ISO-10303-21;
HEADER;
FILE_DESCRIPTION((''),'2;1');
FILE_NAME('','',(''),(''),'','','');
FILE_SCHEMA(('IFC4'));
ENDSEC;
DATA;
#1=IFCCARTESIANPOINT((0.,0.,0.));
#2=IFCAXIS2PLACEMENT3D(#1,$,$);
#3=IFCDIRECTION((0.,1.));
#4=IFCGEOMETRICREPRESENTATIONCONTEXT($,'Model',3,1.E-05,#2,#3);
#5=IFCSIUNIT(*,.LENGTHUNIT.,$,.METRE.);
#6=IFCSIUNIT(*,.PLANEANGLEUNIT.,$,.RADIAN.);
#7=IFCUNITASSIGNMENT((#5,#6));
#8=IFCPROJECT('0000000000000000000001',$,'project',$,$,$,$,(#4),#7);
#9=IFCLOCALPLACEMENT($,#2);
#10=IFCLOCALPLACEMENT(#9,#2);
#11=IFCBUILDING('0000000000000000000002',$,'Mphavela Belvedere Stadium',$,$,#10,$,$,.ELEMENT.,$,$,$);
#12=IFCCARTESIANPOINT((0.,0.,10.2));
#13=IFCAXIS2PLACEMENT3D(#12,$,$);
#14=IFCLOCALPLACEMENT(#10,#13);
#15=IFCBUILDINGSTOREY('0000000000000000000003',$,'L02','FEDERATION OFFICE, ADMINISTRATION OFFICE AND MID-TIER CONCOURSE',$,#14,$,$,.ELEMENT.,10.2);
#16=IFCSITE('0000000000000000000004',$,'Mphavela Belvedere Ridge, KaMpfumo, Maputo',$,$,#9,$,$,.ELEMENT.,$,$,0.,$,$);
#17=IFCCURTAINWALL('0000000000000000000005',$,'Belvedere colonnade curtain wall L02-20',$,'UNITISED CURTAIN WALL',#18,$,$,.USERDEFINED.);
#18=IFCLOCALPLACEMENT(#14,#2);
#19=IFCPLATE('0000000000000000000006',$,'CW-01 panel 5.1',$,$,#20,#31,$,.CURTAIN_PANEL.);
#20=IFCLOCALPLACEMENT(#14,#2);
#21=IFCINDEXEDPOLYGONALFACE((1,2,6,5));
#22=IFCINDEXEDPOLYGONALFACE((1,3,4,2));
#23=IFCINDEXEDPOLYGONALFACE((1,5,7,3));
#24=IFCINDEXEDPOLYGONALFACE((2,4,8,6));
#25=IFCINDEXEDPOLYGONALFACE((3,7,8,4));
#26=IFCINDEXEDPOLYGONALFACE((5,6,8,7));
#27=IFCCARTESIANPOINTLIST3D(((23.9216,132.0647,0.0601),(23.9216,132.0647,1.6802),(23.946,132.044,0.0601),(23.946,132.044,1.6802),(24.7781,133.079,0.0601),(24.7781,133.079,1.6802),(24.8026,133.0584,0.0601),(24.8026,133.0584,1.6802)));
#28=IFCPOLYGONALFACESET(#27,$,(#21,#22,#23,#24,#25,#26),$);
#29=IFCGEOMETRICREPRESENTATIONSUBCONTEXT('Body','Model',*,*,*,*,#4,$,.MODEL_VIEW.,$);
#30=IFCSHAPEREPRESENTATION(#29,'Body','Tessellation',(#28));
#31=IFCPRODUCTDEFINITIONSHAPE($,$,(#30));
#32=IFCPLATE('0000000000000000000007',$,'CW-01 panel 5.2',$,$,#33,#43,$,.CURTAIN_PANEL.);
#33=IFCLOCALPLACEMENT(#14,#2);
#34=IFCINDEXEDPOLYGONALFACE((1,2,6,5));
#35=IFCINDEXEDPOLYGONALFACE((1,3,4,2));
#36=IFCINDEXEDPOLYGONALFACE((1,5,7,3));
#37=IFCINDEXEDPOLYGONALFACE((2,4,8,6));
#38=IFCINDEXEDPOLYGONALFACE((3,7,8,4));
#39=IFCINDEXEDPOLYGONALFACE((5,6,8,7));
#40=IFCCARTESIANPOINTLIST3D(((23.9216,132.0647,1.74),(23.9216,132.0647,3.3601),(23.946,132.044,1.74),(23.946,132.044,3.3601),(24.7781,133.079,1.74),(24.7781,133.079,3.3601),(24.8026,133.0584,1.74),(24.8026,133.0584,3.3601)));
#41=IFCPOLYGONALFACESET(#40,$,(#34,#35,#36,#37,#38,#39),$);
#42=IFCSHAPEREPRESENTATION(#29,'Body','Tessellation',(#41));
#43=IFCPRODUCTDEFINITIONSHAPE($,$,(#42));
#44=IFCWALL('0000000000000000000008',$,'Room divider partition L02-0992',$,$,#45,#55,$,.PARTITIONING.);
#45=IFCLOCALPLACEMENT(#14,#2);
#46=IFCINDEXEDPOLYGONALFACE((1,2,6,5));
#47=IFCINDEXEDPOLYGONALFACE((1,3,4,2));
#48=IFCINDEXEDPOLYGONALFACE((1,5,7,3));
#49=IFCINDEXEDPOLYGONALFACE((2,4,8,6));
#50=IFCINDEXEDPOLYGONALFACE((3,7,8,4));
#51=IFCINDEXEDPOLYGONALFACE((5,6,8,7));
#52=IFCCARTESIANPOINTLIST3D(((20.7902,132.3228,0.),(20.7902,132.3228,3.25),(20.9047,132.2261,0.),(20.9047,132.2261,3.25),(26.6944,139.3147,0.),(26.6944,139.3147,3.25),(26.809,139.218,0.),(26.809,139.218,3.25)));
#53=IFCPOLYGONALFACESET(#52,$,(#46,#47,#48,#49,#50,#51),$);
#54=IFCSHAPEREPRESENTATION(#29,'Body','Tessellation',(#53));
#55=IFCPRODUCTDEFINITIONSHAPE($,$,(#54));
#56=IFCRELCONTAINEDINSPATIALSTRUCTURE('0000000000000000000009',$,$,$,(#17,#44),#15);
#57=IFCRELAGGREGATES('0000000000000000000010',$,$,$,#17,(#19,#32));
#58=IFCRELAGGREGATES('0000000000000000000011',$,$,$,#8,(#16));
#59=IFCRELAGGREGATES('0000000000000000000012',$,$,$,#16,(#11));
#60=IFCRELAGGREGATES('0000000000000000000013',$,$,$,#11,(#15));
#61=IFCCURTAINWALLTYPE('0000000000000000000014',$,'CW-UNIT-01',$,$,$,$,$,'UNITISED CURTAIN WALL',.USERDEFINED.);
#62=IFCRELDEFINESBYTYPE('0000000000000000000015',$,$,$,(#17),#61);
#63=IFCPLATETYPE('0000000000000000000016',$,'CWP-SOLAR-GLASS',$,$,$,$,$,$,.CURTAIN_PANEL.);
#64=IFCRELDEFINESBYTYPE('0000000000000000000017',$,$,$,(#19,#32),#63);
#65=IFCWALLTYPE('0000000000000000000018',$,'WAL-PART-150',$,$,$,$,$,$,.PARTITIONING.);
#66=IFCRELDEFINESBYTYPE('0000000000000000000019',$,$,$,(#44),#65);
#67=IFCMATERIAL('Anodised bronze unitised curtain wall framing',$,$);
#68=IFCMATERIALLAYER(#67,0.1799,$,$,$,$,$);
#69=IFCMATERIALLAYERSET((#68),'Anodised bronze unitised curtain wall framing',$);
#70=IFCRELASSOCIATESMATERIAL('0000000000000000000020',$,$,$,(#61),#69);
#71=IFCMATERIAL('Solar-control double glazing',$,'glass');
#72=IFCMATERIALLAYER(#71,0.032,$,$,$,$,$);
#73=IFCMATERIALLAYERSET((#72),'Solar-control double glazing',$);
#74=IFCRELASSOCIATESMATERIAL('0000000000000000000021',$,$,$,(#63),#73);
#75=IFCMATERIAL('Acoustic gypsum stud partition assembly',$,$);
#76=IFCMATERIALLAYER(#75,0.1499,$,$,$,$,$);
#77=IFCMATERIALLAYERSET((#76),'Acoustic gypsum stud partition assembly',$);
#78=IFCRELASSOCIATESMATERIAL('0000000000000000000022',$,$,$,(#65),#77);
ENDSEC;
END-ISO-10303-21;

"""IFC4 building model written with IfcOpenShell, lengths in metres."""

from ifc_helpers import new_model, si_unit, direction, frame, frame_2d, origin, origin_2d, place, context, subcontext, project, spatial, rectangle, extrude, material, layer, layer_set, type_object, element, aggregate, save


model = new_model("IFC4")

# Units and contexts
model_context = context("Model", 3, precision=1e-05, world=origin(), true_north=direction((0.0, 1.0)))
body_context = subcontext(model_context, "Body", "Model", "MODEL_VIEW")
ifc_project = project(units=[si_unit("LENGTHUNIT", "METRE"), si_unit("PLANEANGLEUNIT", "RADIAN")], contexts=[model_context])

# Site, building, storey
site_placement = place(None, origin())
site = spatial("IfcSite", under=ifc_project, at=site_placement, Name="Mphavela Belvedere Ridge, KaMpfumo, Maputo", CompositionType="ELEMENT", RefElevation=0.0)
building_placement = place(site_placement, origin())
building = spatial("IfcBuilding", under=site, at=building_placement, Name="Mphavela Belvedere Stadium", CompositionType="ELEMENT")
storey_placement = place(building_placement, frame((0.0, 0.0, 10.2)))
storey = spatial("IfcBuildingStorey", under=building, at=storey_placement, Name="L02", Description="FEDERATION OFFICE, ADMINISTRATION OFFICE AND MID-TIER CONCOURSE", CompositionType="ELEMENT", Elevation=10.2)

# Curtain wall, plates
ifc_material_1 = material(Name="Anodised bronze unitised curtain wall framing")
ifc_layer_1 = layer(ifc_material_1, 0.1799)
ifc_layer_set_1 = layer_set([ifc_layer_1], Name="Anodised bronze unitised curtain wall framing")
curtain_wall_type = type_object("IfcCurtainWallType", Name="CW-UNIT-01", ElementType="UNITISED CURTAIN WALL", PredefinedType="USERDEFINED", material=ifc_layer_set_1)
curtain_wall_placement = place(storey_placement, origin())
curtain_wall = element("IfcCurtainWall", 1, at=curtain_wall_placement, inside=storey, type_object=curtain_wall_type, Name="Belvedere colonnade curtain wall L02-20", ObjectType="UNITISED CURTAIN WALL", PredefinedType="USERDEFINED")
ifc_material_2 = material(Name="Solar-control double glazing", Category="glass")
ifc_layer_2 = layer(ifc_material_2, 0.032)
ifc_layer_set_2 = layer_set([ifc_layer_2], Name="Solar-control double glazing")
plate_type = type_object("IfcPlateType", Name="CWP-SOLAR-GLASS", PredefinedType="CURTAIN_PANEL", material=ifc_layer_set_2)
plate_1_placement = place(storey_placement, frame((24.3621, 132.5615, 0.0601), z_axis=(0.0, 0.0, 1.0), x_axis=(-0.645169, -0.76404, 0.0)))
plate_1 = element("IfcPlate", 2, at=plate_1_placement, type_object=plate_type, Name="CW-01 panel 5.1", PredefinedType="CURTAIN_PANEL", context=body_context, shape_type="SweptSolid", body=[
    extrude(rectangle(XDim=1.3276, YDim=0.032, at=origin_2d()), origin(), (0.0, 0.0, 1.0), 1.6201),
])
plate_2_placement = place(storey_placement, frame((24.3621, 132.5615, 1.74), z_axis=(0.0, 0.0, 1.0), x_axis=(-0.645169, -0.76404, 0.0)))
plate_2 = element("IfcPlate", 3, at=plate_2_placement, type_object=plate_type, Name="CW-01 panel 5.2", PredefinedType="CURTAIN_PANEL", context=body_context, shape_type="SweptSolid", body=[
    extrude(rectangle(XDim=1.3276, YDim=0.032, at=origin_2d()), origin(), (0.0, 0.0, 1.0), 1.6201),
])
aggregate(curtain_wall, [plate_1, plate_2])

# Wall
ifc_material_3 = material(Name="Acoustic gypsum stud partition assembly")
ifc_layer_3 = layer(ifc_material_3, 0.1499)
ifc_layer_set_3 = layer_set([ifc_layer_3], Name="Acoustic gypsum stud partition assembly")
wall_type = type_object("IfcWallType", Name="WAL-PART-150", PredefinedType="PARTITIONING", material=ifc_layer_set_3)
wall_placement = place(storey_placement, frame((26.7517, 139.2664, 0.0), z_axis=(0.0, 0.0, 1.0), x_axis=(-0.64518, -0.764031, 0.0)))
element("IfcWall", 4, at=wall_placement, inside=storey, type_object=wall_type, Name="Room divider partition L02-0992", PredefinedType="PARTITIONING", context=body_context, shape_type="SweptSolid", body=[
    extrude(rectangle(XDim=9.1514, YDim=0.1499, at=frame_2d((4.5757, 0.0))), origin(), (0.0, 0.0, 1.0), 3.25),
])

save(model, "model.ifc")
